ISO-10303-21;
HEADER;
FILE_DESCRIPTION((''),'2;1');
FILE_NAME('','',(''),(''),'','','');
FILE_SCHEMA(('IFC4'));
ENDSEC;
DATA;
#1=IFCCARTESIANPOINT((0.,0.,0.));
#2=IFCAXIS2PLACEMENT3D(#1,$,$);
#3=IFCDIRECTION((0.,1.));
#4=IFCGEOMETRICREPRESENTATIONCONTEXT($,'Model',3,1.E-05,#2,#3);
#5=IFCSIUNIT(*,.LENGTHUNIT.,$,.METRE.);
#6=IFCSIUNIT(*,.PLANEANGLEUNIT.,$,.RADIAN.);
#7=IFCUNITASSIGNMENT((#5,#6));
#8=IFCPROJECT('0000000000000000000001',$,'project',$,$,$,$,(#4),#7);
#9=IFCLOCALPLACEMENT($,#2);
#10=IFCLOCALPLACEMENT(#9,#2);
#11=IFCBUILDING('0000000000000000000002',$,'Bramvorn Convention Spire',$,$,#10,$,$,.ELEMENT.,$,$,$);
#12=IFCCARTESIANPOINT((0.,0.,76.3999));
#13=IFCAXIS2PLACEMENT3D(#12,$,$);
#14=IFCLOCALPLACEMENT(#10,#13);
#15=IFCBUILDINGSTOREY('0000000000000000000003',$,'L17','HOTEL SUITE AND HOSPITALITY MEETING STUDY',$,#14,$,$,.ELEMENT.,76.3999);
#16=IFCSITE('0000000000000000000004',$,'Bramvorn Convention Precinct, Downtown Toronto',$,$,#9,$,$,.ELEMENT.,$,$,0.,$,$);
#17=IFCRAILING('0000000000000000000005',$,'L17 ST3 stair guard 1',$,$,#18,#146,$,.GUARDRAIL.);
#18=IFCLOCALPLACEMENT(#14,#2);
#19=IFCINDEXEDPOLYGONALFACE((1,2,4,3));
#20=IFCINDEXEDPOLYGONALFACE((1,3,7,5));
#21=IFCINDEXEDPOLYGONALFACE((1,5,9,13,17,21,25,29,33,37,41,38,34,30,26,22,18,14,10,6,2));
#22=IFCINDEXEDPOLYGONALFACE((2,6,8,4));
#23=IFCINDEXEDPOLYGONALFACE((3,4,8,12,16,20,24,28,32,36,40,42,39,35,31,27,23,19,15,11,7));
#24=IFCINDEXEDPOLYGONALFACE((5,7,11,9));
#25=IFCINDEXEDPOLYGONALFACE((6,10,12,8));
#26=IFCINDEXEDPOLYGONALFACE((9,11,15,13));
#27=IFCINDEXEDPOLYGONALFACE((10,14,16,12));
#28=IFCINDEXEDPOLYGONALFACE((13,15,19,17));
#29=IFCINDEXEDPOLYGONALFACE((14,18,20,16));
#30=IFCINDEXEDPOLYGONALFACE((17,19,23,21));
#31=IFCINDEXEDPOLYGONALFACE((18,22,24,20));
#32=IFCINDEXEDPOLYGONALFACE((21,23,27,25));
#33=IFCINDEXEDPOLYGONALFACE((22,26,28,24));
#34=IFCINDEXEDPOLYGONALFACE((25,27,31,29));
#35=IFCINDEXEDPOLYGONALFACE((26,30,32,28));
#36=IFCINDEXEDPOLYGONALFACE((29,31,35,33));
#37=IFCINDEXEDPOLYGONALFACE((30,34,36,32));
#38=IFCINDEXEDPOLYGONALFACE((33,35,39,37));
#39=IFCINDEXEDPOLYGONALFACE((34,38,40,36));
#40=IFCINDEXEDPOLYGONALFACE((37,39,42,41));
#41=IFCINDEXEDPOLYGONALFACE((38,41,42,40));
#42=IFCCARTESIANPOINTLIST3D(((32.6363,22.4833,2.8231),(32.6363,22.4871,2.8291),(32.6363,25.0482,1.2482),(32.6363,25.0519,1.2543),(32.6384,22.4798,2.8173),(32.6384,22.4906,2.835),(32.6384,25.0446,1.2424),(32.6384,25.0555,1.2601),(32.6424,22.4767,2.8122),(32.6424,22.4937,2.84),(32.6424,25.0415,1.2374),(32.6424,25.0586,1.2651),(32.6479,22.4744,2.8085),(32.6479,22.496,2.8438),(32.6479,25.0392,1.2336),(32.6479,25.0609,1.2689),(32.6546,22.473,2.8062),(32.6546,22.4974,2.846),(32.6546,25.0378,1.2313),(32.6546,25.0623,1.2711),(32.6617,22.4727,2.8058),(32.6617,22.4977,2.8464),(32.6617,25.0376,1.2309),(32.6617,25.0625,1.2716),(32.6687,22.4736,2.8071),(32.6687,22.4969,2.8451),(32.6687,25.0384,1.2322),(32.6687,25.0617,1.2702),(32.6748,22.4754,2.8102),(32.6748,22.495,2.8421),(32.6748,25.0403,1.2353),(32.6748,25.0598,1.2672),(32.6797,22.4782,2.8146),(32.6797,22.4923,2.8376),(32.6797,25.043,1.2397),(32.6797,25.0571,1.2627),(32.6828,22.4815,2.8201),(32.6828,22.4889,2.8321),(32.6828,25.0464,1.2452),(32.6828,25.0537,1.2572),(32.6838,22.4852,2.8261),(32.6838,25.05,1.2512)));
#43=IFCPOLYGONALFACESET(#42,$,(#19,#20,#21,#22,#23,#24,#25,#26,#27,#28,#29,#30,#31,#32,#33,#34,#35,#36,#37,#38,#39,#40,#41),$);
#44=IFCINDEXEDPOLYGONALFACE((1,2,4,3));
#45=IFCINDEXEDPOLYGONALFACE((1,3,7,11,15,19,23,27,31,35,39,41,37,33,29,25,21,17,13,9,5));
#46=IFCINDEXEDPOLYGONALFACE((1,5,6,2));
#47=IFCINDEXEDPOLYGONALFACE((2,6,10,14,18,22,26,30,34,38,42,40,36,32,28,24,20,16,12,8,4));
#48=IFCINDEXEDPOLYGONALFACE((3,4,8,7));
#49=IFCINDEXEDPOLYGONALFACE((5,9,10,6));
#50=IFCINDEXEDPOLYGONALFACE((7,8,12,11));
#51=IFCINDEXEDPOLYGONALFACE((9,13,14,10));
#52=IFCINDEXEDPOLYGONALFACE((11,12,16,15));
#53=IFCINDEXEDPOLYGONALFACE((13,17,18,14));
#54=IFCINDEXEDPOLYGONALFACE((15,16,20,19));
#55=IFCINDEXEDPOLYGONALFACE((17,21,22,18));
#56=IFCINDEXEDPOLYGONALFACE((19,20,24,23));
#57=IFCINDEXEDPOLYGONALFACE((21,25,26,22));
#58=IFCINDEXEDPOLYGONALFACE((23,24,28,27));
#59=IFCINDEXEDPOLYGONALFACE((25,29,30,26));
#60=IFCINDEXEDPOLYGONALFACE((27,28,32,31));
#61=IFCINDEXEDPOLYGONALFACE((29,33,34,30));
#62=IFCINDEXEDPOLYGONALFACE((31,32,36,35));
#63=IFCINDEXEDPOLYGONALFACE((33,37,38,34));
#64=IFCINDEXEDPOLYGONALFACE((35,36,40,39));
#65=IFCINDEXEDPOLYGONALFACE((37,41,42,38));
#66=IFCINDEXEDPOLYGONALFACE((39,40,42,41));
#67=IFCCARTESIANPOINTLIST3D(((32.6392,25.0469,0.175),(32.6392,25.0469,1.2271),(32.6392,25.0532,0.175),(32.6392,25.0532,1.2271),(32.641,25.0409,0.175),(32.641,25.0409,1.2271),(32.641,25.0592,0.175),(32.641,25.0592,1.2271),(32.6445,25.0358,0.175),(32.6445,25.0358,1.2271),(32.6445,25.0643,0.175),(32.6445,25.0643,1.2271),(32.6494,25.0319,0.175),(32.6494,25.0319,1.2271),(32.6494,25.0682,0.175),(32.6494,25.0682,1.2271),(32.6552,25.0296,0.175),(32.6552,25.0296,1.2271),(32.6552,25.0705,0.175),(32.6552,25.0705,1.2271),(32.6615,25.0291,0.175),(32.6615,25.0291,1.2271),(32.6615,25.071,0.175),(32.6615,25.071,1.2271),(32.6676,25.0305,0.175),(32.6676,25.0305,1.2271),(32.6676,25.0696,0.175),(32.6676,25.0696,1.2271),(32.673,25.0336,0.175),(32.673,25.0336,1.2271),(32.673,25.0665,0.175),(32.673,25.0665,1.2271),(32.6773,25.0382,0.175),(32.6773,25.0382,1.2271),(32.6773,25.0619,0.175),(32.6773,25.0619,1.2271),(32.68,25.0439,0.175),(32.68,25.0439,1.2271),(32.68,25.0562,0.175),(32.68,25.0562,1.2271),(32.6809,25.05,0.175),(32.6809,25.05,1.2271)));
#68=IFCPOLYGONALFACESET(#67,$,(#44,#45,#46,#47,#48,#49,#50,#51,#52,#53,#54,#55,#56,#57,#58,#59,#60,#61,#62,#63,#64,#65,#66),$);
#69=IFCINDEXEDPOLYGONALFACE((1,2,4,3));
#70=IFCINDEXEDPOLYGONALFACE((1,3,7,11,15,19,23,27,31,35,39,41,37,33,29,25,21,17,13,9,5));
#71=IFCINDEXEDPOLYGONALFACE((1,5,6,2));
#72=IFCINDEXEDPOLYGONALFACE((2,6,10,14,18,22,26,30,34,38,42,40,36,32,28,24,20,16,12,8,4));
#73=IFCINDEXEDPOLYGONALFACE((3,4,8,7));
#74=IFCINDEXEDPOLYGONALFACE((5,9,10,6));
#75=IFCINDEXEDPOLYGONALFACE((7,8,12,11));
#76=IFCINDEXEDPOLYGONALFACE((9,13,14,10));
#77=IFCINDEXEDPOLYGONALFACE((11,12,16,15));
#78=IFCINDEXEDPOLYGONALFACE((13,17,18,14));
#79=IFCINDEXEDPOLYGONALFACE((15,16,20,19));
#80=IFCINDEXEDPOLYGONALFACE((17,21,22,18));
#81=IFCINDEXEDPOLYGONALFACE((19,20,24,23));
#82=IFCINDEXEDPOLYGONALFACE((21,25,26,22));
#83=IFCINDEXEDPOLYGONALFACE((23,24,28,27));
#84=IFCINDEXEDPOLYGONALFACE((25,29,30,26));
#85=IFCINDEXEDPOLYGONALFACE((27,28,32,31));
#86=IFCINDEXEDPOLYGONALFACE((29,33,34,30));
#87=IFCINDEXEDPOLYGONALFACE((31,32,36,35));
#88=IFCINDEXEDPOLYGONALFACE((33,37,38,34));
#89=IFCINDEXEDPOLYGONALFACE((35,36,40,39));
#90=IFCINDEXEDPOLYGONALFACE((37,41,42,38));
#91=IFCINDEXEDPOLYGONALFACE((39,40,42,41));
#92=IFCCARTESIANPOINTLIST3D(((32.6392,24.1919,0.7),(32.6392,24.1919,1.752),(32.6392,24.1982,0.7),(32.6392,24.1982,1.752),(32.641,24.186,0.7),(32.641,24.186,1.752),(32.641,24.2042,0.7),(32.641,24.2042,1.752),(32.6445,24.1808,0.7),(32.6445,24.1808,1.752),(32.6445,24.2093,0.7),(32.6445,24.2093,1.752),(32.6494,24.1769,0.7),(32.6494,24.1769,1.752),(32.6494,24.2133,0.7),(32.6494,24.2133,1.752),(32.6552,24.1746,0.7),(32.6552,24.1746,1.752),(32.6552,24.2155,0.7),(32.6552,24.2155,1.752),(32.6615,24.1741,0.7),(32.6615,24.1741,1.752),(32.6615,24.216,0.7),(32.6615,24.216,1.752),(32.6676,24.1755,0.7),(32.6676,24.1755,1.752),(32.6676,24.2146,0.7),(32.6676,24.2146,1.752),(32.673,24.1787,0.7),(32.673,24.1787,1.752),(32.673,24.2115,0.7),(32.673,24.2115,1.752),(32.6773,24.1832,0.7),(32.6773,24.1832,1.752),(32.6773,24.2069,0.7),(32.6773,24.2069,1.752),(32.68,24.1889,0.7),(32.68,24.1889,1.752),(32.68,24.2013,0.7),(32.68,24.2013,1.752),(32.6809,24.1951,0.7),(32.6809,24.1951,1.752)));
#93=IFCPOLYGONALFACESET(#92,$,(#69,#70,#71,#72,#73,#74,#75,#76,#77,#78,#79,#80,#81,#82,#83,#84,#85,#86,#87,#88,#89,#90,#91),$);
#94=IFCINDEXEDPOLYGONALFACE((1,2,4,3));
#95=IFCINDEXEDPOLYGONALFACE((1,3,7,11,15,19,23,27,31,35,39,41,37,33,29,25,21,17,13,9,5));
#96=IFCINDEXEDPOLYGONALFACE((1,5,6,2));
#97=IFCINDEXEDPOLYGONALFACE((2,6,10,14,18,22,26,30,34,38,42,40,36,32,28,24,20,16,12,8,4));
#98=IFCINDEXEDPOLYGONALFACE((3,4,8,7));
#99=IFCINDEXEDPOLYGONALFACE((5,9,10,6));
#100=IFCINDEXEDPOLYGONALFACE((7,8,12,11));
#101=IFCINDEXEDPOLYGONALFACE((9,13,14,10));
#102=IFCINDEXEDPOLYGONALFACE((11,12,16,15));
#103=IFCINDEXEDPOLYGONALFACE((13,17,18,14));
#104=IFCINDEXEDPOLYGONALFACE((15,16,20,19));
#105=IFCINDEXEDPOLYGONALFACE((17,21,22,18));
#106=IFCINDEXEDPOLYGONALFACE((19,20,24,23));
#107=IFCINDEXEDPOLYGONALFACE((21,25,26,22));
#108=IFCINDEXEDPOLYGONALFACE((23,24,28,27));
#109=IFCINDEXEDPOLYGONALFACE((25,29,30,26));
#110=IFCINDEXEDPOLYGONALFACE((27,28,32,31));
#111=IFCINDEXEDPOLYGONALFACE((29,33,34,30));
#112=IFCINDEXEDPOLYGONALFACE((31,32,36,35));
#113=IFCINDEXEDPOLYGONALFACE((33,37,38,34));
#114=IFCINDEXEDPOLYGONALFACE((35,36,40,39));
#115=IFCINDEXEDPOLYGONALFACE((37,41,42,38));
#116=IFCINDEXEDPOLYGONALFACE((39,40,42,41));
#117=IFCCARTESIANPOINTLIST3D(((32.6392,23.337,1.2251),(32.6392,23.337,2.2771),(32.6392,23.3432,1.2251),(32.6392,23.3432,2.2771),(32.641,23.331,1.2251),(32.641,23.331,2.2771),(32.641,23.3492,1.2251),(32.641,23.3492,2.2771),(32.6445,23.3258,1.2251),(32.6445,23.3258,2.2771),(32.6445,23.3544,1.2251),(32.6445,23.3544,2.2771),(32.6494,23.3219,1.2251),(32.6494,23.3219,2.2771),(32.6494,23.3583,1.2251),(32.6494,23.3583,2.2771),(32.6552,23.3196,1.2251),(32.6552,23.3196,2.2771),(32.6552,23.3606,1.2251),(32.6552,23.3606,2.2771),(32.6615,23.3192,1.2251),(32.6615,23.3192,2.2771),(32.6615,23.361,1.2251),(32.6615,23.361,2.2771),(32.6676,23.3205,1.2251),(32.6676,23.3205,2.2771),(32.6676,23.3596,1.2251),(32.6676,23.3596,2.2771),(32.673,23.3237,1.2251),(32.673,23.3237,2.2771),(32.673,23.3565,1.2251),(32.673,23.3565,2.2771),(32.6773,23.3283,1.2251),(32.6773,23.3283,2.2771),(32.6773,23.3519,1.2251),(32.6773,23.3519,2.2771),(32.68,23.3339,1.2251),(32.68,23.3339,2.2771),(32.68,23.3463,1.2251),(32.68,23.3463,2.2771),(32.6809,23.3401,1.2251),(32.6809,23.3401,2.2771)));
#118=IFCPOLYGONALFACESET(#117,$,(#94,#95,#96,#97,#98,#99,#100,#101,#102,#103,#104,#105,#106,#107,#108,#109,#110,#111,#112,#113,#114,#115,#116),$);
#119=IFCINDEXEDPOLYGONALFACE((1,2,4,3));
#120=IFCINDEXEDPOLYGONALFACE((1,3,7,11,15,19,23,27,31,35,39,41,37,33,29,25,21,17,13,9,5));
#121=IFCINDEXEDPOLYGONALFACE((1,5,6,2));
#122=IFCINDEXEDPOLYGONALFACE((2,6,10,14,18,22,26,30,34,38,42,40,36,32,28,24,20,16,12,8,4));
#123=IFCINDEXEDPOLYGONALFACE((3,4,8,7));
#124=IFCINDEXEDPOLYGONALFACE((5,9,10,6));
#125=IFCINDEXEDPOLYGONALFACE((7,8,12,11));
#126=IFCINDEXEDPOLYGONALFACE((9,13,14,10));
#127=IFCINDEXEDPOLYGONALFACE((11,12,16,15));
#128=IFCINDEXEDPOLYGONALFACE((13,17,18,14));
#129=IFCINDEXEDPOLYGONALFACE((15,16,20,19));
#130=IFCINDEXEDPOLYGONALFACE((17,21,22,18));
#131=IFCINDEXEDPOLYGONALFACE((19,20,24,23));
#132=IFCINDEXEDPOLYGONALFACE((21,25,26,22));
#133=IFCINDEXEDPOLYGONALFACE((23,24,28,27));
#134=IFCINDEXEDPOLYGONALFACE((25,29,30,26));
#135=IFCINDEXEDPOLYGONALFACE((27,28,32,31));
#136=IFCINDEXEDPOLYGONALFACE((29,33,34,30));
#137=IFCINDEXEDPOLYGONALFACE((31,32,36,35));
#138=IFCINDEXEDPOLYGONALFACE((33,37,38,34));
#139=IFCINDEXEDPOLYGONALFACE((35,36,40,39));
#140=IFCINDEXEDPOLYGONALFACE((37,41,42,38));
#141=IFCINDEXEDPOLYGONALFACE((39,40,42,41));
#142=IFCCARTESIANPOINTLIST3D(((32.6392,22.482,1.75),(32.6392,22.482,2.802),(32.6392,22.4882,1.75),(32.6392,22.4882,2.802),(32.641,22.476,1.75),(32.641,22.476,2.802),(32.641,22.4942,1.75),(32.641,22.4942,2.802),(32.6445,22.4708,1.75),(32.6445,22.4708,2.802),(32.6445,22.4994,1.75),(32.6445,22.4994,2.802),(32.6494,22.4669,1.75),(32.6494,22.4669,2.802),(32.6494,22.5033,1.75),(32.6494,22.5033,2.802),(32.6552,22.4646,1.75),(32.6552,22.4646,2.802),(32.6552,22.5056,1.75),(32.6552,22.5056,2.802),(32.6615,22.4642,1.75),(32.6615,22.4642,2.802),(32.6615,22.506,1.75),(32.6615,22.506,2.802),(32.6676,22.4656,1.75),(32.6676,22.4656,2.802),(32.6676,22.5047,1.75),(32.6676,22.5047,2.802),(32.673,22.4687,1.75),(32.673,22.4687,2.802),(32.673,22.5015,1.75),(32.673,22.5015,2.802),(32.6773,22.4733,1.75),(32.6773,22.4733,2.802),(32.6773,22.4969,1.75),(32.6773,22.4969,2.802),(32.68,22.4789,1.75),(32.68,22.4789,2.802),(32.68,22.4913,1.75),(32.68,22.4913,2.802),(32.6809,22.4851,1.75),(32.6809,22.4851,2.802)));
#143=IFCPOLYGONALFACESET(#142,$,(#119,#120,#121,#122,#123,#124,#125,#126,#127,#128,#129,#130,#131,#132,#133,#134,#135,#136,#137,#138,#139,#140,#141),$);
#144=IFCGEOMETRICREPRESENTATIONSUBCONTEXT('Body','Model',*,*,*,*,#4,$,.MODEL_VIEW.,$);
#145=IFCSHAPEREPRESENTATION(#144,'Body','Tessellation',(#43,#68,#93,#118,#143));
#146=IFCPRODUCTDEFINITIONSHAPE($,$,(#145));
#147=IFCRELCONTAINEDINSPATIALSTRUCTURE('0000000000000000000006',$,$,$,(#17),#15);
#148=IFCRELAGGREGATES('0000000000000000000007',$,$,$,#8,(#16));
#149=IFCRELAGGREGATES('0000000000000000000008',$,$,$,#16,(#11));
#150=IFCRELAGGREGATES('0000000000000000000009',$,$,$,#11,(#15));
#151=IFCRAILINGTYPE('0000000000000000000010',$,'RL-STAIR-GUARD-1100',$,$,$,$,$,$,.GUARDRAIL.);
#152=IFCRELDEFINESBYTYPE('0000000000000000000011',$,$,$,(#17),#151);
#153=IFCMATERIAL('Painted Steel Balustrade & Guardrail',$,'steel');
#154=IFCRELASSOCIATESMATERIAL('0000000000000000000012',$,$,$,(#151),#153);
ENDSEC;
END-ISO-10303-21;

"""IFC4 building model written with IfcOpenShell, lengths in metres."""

from ifc_helpers import new_model, si_unit, direction, frame, origin, origin_2d, place, context, subcontext, project, spatial, circle, extrude, material, type_object, element, save


model = new_model("IFC4")

# Units and contexts
model_context = context("Model", 3, precision=1e-05, world=origin(), true_north=direction((0.0, 1.0)))
body_context = subcontext(model_context, "Body", "Model", "MODEL_VIEW")
ifc_project = project(units=[si_unit("LENGTHUNIT", "METRE"), si_unit("PLANEANGLEUNIT", "RADIAN")], contexts=[model_context])

# Site, building, storey
site_placement = place(None, origin())
site = spatial("IfcSite", under=ifc_project, at=site_placement, Name="Bramvorn Convention Precinct, Downtown Toronto", CompositionType="ELEMENT", RefElevation=0.0)
building_placement = place(site_placement, origin())
building = spatial("IfcBuilding", under=site, at=building_placement, Name="Bramvorn Convention Spire", CompositionType="ELEMENT")
storey_placement = place(building_placement, frame((0.0, 0.0, 76.3999)))
storey = spatial("IfcBuildingStorey", under=building, at=storey_placement, Name="L17", Description="HOTEL SUITE AND HOSPITALITY MEETING STUDY", CompositionType="ELEMENT", Elevation=76.3999)

# Railing
ifc_material_1 = material(Name="Painted Steel Balustrade & Guardrail", Category="steel")
railing_type = type_object("IfcRailingType", Name="RL-STAIR-GUARD-1100", PredefinedType="GUARDRAIL", material=ifc_material_1)
railing_1_placement = place(storey_placement, frame((32.6599, 25.05, 0.175)))
element("IfcRailing", 1, at=railing_1_placement, inside=storey, type_object=railing_type, Name="L17 ST3 stair guard 1", PredefinedType="GUARDRAIL", context=body_context, shape_type="SweptSolid", body=[
    extrude(circle(Radius=0.0239, at=origin_2d()), frame((0.0, 0.0, 1.0762), z_axis=(0.0, -0.852173, 0.52326), x_axis=(1.0, 0.0, 0.0)), (0.0, 0.0, 1.0), 3.0098),
    extrude(circle(Radius=0.021, at=origin_2d()), origin(), (0.0, 0.0, 1.0), 1.052),
    extrude(circle(Radius=0.021, at=origin_2d()), frame((0.0, -0.855, 0.5249)), (0.0, 0.0, 1.0), 1.052),
    extrude(circle(Radius=0.021, at=origin_2d()), frame((0.0, -1.71, 1.05)), (0.0, 0.0, 1.0), 1.052),
    extrude(circle(Radius=0.021, at=origin_2d()), frame((0.0, -2.5649, 1.575)), (0.0, 0.0, 1.0), 1.052),
])

save(model, "model.ifc")
